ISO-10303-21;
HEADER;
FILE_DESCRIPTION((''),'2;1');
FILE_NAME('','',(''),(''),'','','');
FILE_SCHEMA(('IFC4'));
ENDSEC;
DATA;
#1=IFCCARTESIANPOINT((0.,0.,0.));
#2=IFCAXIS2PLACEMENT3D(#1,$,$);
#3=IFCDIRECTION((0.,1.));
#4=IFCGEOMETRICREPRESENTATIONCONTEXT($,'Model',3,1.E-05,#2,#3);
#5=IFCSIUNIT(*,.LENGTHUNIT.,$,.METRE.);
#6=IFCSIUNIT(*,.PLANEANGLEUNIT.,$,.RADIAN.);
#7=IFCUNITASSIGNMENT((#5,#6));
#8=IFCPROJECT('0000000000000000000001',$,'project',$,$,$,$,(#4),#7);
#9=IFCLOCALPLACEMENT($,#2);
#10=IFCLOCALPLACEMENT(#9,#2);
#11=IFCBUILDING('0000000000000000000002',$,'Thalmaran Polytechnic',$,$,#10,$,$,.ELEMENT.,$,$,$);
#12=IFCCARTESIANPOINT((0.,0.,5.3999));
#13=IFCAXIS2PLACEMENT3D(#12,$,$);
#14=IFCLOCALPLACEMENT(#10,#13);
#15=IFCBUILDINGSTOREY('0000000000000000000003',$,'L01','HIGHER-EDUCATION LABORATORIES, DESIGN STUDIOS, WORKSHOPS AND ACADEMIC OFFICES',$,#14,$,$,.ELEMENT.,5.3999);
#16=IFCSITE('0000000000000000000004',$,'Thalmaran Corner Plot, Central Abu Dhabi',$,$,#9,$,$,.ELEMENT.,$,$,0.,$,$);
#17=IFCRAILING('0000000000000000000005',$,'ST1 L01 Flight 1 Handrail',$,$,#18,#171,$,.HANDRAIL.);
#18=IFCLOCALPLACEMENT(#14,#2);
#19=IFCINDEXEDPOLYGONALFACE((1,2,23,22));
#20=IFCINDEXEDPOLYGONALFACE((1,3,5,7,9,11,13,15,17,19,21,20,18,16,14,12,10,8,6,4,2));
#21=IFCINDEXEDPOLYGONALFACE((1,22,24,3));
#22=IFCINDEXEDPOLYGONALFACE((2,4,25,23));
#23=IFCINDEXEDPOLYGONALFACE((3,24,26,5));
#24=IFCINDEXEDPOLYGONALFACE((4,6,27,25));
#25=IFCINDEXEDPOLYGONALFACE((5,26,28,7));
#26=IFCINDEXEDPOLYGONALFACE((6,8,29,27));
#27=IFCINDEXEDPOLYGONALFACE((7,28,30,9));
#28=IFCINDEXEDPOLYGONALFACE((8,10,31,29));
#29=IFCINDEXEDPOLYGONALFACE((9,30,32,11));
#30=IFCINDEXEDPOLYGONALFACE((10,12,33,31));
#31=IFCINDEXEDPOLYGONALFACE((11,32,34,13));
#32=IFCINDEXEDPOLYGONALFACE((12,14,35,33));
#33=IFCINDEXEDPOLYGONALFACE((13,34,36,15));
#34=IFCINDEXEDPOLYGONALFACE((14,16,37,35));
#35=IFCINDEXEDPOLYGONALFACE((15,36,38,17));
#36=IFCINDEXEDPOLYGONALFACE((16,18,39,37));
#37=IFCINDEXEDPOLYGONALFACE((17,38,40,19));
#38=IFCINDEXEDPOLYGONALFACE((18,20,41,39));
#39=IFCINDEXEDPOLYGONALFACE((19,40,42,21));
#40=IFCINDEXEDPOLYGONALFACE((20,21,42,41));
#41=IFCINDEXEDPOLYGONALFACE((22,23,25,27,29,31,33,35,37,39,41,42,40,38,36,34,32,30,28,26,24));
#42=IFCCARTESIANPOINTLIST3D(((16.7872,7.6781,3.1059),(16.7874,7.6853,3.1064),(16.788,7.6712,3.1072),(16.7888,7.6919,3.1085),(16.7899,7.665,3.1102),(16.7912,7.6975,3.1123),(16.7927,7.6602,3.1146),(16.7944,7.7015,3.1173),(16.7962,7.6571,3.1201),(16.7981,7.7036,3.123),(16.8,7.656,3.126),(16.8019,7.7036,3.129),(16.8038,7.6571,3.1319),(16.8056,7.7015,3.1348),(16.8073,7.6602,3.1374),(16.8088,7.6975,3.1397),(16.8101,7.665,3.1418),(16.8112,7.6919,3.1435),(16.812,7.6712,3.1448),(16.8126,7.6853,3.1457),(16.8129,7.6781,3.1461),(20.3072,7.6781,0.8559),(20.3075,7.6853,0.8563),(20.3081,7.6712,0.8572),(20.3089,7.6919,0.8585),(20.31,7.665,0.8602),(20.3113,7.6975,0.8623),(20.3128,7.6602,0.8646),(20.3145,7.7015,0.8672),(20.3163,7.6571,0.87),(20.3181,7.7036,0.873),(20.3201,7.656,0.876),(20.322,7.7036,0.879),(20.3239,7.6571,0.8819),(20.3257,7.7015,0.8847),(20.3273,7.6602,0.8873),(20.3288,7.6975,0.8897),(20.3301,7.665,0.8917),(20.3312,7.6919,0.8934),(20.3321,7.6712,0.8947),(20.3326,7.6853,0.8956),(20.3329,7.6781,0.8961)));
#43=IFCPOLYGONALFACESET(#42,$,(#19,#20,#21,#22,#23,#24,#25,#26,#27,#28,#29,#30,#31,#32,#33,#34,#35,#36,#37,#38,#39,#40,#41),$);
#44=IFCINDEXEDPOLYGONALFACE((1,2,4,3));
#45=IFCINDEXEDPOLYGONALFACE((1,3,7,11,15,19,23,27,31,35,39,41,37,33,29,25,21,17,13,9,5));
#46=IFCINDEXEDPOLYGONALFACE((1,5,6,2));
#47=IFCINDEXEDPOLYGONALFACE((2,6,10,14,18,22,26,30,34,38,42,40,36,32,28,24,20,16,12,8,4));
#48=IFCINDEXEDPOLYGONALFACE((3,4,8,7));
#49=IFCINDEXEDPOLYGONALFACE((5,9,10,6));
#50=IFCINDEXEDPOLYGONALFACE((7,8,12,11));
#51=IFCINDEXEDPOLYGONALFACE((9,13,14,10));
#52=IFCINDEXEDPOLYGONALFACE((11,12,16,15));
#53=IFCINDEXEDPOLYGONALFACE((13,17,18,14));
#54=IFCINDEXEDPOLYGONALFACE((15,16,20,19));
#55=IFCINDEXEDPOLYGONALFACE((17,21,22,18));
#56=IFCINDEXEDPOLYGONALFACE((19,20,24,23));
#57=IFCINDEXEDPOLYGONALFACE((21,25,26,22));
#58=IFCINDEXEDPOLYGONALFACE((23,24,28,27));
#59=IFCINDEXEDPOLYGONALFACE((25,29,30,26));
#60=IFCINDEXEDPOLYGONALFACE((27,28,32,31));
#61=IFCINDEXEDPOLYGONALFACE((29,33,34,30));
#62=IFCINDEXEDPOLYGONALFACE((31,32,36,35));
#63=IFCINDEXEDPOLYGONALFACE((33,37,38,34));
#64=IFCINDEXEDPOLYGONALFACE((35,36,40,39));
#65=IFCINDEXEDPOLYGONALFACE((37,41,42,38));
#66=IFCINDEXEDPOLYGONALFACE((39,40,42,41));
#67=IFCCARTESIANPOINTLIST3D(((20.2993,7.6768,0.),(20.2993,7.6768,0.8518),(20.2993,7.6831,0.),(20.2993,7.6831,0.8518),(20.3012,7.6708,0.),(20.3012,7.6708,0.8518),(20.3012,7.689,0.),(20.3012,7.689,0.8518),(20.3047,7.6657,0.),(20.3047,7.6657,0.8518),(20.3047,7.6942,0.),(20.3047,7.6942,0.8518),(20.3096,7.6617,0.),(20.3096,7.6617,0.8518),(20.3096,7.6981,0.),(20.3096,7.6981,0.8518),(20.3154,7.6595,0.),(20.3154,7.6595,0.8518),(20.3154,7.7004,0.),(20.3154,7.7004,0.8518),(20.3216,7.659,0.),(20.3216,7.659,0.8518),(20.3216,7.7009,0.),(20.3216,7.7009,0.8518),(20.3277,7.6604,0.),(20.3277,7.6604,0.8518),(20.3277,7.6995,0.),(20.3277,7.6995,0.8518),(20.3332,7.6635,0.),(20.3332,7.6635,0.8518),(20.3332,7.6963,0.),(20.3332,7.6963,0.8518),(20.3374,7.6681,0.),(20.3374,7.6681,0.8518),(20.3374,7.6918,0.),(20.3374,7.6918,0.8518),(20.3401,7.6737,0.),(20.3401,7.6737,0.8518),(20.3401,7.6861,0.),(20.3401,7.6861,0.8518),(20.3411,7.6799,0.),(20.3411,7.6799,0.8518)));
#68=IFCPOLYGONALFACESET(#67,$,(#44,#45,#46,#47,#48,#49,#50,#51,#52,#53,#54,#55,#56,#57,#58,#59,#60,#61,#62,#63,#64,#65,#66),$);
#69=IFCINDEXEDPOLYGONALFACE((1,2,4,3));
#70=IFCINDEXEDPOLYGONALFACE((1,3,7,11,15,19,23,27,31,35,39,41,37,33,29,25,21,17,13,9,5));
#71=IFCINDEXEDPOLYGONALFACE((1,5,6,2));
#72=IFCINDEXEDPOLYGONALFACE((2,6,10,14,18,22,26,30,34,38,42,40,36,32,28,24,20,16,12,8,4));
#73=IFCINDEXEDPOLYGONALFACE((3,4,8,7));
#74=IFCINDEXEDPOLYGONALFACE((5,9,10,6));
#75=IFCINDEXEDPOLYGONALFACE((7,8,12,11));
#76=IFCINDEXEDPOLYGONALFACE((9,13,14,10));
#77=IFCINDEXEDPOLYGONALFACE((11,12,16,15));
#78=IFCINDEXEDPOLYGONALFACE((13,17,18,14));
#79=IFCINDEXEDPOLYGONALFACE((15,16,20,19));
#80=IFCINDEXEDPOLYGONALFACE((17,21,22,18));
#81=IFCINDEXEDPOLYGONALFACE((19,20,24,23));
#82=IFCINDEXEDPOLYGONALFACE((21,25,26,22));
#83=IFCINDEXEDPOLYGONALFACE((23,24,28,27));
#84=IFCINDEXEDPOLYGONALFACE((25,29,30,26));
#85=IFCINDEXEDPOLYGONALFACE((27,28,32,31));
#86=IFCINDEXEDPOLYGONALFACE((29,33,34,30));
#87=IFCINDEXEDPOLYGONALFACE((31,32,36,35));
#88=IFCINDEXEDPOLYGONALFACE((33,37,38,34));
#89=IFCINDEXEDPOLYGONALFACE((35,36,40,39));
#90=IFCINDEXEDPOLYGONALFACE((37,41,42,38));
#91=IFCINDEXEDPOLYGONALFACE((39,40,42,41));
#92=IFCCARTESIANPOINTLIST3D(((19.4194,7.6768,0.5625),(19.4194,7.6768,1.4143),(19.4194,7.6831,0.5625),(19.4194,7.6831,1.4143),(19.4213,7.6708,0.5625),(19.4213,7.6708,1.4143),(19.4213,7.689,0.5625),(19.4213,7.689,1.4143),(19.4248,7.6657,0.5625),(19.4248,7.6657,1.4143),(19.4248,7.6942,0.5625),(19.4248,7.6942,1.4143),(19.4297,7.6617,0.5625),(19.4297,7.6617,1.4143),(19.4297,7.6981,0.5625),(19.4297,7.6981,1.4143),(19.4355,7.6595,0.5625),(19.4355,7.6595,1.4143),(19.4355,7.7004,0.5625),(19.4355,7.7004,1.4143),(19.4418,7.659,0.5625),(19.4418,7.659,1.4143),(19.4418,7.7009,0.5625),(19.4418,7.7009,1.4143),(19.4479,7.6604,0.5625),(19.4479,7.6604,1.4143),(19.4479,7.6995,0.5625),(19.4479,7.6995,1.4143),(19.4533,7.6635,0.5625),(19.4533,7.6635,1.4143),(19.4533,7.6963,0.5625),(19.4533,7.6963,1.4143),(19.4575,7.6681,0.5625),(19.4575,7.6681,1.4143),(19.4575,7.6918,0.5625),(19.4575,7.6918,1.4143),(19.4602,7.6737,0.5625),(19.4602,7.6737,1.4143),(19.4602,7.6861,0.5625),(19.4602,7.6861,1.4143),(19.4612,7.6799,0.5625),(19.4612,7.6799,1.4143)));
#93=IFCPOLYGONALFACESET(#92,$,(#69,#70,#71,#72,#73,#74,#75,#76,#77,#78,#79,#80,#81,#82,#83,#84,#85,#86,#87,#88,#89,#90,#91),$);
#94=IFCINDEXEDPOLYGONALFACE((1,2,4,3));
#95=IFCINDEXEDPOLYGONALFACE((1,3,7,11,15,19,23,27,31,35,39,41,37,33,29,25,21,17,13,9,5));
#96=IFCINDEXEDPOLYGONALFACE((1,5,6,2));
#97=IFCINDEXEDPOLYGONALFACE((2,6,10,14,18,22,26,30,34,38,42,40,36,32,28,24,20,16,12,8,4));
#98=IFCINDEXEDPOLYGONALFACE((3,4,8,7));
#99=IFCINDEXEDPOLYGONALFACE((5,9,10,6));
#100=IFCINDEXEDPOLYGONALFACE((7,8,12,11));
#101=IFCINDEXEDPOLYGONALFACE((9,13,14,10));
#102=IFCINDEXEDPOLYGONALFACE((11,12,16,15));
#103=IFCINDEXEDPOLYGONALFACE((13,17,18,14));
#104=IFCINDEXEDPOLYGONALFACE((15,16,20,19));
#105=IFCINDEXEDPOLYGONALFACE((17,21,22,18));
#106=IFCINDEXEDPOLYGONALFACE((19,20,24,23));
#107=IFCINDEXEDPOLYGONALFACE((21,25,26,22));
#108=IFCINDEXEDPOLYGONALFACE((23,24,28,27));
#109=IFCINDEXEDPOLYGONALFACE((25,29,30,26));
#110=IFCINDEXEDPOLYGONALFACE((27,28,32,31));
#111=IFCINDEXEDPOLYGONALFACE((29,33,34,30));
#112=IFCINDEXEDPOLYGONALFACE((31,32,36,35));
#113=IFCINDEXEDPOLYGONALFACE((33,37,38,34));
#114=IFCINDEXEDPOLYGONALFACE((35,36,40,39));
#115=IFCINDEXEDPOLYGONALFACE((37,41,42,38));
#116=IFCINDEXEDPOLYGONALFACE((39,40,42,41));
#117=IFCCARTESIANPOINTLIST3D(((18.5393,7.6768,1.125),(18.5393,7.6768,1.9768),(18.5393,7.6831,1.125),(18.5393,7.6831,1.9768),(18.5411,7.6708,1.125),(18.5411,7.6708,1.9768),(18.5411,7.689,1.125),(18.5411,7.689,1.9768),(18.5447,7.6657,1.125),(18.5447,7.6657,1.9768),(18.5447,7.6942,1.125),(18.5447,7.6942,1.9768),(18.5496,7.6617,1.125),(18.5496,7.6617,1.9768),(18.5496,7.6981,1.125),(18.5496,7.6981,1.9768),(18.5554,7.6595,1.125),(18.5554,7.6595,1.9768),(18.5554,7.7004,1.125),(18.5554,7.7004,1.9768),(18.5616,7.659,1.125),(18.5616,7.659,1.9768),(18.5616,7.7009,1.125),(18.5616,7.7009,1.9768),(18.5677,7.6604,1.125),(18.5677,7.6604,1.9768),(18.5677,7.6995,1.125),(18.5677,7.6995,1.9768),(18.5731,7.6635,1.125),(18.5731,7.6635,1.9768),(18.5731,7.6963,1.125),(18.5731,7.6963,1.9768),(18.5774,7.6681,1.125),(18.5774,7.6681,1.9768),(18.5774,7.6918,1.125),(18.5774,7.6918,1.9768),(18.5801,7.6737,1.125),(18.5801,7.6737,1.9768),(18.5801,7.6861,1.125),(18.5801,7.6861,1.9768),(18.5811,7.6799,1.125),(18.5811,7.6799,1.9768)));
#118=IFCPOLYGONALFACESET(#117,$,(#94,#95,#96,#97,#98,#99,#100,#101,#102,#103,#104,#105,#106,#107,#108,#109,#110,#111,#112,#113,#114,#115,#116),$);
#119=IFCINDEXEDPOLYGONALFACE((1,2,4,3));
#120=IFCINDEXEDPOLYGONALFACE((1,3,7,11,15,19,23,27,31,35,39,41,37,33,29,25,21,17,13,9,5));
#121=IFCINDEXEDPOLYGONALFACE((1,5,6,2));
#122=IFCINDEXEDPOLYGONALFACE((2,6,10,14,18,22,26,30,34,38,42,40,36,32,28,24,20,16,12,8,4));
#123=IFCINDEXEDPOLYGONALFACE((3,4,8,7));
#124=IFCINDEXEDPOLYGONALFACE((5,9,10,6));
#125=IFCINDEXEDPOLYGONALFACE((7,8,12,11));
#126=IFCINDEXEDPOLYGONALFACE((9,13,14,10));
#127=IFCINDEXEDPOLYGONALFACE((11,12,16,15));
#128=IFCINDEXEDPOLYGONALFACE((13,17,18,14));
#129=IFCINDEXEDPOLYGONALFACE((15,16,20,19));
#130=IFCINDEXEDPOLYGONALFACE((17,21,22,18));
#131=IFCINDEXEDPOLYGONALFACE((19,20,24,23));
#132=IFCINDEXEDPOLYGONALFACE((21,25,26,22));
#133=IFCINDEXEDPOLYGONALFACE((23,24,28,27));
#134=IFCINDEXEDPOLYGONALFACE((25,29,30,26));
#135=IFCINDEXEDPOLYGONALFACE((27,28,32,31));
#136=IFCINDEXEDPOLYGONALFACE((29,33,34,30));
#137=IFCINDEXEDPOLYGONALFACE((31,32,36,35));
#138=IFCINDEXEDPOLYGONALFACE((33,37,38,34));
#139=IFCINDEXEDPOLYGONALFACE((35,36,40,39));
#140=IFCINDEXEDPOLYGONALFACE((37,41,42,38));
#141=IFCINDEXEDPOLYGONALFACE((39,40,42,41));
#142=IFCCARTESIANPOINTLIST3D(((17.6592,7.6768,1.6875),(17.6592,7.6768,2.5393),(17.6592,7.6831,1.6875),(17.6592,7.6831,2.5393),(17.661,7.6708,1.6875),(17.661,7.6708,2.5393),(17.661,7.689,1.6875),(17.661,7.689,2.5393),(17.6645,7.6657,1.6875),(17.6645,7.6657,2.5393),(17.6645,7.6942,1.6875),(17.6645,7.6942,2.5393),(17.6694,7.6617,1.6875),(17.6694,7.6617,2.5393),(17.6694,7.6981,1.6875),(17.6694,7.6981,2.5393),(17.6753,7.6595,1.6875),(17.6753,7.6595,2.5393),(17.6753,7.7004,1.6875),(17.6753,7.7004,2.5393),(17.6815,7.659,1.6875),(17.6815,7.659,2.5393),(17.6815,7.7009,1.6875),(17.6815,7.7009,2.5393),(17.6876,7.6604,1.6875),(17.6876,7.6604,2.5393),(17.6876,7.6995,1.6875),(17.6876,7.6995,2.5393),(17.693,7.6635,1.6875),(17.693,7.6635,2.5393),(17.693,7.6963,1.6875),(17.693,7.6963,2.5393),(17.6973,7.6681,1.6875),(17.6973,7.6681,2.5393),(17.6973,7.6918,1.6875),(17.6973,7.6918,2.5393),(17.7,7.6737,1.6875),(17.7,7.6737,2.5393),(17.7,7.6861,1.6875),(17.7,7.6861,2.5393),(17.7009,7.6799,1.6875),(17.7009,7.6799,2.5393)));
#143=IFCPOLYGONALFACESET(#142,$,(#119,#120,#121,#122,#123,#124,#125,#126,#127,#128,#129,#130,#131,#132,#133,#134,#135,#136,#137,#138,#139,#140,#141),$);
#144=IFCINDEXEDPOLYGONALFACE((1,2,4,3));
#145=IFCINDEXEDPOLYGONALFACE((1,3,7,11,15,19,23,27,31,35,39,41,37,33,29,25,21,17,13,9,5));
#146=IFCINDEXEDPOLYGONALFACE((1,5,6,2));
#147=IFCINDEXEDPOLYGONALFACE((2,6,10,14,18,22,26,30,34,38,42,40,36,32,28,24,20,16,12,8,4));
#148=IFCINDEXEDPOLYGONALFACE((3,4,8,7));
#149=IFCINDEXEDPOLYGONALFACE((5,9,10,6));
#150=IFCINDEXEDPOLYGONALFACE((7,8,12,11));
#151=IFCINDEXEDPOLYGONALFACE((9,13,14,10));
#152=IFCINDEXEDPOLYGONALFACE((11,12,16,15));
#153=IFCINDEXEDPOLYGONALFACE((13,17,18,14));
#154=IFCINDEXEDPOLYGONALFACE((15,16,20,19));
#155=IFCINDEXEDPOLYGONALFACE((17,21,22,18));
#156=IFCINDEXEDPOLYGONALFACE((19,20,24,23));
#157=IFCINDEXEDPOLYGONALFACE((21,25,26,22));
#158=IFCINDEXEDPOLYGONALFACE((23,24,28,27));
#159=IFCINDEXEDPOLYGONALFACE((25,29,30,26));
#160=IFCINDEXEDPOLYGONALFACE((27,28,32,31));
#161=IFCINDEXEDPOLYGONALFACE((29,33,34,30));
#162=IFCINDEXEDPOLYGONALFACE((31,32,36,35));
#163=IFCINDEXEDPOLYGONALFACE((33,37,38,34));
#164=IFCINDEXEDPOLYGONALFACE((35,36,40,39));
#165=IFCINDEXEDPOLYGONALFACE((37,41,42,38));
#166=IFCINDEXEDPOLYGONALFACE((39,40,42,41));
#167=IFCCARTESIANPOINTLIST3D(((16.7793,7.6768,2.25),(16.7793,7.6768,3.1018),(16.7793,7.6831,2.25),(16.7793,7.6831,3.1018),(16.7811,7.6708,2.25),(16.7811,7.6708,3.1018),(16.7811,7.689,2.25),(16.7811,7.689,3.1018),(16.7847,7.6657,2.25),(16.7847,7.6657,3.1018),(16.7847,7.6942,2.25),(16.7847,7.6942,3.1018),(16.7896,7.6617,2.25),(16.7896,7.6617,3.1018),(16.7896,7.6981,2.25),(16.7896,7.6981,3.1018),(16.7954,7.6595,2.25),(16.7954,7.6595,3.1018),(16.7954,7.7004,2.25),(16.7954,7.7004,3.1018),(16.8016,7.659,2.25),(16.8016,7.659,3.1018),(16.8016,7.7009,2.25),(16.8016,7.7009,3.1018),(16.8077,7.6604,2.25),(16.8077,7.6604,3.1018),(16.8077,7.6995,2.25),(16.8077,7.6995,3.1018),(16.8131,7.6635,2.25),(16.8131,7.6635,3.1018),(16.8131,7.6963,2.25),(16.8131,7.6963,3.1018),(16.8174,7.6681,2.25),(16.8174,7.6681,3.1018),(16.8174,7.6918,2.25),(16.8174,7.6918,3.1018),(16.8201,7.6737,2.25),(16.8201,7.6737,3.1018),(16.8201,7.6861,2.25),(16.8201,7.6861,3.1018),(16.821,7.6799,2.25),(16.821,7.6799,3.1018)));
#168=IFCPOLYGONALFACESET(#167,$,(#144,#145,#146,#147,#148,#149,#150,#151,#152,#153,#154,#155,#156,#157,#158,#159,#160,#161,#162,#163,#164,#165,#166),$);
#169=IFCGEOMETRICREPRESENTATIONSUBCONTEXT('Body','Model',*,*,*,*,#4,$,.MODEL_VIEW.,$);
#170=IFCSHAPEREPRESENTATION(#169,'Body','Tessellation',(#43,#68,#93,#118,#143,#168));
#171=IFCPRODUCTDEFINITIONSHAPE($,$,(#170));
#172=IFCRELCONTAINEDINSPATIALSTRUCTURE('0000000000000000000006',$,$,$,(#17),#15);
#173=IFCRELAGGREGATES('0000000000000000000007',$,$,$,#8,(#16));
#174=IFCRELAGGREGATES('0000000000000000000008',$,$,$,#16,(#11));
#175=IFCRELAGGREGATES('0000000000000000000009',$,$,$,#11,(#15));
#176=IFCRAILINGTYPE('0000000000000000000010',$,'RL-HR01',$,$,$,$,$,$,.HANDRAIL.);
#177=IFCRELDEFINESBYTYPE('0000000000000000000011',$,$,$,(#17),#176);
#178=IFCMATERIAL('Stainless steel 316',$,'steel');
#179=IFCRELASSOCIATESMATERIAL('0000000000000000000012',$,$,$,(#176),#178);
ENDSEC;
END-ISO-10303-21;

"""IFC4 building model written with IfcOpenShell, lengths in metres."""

from ifc_helpers import new_model, si_unit, direction, frame, origin, origin_2d, place, context, subcontext, project, spatial, circle, extrude, material, type_object, element, save


model = new_model("IFC4")

# Units and contexts
model_context = context("Model", 3, precision=1e-05, world=origin(), true_north=direction((0.0, 1.0)))
body_context = subcontext(model_context, "Body", "Model", "MODEL_VIEW")
ifc_project = project(units=[si_unit("LENGTHUNIT", "METRE"), si_unit("PLANEANGLEUNIT", "RADIAN")], contexts=[model_context])

# Site, building, storey
site_placement = place(None, origin())
site = spatial("IfcSite", under=ifc_project, at=site_placement, Name="Thalmaran Corner Plot, Central Abu Dhabi", CompositionType="ELEMENT", RefElevation=0.0)
building_placement = place(site_placement, origin())
building = spatial("IfcBuilding", under=site, at=building_placement, Name="Thalmaran Polytechnic", CompositionType="ELEMENT")
storey_placement = place(building_placement, frame((0.0, 0.0, 5.3999)))
storey = spatial("IfcBuildingStorey", under=building, at=storey_placement, Name="L01", Description="HIGHER-EDUCATION LABORATORIES, DESIGN STUDIOS, WORKSHOPS AND ACADEMIC OFFICES", CompositionType="ELEMENT", Elevation=5.3999)

# Railing
ifc_material_1 = material(Name="Stainless steel 316", Category="steel")
railing_type_1 = type_object("IfcRailingType", Name="RL-HR01", PredefinedType="HANDRAIL", material=ifc_material_1)
railing_1_placement = place(storey_placement, frame((20.3201, 7.6799, 0.0)))
element("IfcRailing", 1, at=railing_1_placement, inside=storey, type_object=railing_type_1, Name="ST1 L01 Flight 1 Handrail", PredefinedType="HANDRAIL", context=body_context, shape_type="SweptSolid", body=[
    extrude(circle(Radius=0.0239, at=origin_2d()), frame((0.0, 0.0, 0.876), z_axis=(-0.842577, 0.0, 0.538576), x_axis=(0.0, -1.0, 0.0)), (0.0, 0.0, 1.0), 4.1777),
    extrude(circle(Radius=0.021, at=origin_2d()), origin(), (0.0, 0.0, 1.0), 0.8518),
    extrude(circle(Radius=0.021, at=origin_2d()), frame((-0.8799, 0.0, 0.5625)), (0.0, 0.0, 1.0), 0.8518),
    extrude(circle(Radius=0.021, at=origin_2d()), frame((-1.76, 0.0, 1.125)), (0.0, 0.0, 1.0), 0.8518),
    extrude(circle(Radius=0.021, at=origin_2d()), frame((-2.6401, 0.0, 1.6875)), (0.0, 0.0, 1.0), 0.8518),
    extrude(circle(Radius=0.021, at=origin_2d()), frame((-3.52, 0.0, 2.25)), (0.0, 0.0, 1.0), 0.8518),
])

save(model, "model.ifc")
